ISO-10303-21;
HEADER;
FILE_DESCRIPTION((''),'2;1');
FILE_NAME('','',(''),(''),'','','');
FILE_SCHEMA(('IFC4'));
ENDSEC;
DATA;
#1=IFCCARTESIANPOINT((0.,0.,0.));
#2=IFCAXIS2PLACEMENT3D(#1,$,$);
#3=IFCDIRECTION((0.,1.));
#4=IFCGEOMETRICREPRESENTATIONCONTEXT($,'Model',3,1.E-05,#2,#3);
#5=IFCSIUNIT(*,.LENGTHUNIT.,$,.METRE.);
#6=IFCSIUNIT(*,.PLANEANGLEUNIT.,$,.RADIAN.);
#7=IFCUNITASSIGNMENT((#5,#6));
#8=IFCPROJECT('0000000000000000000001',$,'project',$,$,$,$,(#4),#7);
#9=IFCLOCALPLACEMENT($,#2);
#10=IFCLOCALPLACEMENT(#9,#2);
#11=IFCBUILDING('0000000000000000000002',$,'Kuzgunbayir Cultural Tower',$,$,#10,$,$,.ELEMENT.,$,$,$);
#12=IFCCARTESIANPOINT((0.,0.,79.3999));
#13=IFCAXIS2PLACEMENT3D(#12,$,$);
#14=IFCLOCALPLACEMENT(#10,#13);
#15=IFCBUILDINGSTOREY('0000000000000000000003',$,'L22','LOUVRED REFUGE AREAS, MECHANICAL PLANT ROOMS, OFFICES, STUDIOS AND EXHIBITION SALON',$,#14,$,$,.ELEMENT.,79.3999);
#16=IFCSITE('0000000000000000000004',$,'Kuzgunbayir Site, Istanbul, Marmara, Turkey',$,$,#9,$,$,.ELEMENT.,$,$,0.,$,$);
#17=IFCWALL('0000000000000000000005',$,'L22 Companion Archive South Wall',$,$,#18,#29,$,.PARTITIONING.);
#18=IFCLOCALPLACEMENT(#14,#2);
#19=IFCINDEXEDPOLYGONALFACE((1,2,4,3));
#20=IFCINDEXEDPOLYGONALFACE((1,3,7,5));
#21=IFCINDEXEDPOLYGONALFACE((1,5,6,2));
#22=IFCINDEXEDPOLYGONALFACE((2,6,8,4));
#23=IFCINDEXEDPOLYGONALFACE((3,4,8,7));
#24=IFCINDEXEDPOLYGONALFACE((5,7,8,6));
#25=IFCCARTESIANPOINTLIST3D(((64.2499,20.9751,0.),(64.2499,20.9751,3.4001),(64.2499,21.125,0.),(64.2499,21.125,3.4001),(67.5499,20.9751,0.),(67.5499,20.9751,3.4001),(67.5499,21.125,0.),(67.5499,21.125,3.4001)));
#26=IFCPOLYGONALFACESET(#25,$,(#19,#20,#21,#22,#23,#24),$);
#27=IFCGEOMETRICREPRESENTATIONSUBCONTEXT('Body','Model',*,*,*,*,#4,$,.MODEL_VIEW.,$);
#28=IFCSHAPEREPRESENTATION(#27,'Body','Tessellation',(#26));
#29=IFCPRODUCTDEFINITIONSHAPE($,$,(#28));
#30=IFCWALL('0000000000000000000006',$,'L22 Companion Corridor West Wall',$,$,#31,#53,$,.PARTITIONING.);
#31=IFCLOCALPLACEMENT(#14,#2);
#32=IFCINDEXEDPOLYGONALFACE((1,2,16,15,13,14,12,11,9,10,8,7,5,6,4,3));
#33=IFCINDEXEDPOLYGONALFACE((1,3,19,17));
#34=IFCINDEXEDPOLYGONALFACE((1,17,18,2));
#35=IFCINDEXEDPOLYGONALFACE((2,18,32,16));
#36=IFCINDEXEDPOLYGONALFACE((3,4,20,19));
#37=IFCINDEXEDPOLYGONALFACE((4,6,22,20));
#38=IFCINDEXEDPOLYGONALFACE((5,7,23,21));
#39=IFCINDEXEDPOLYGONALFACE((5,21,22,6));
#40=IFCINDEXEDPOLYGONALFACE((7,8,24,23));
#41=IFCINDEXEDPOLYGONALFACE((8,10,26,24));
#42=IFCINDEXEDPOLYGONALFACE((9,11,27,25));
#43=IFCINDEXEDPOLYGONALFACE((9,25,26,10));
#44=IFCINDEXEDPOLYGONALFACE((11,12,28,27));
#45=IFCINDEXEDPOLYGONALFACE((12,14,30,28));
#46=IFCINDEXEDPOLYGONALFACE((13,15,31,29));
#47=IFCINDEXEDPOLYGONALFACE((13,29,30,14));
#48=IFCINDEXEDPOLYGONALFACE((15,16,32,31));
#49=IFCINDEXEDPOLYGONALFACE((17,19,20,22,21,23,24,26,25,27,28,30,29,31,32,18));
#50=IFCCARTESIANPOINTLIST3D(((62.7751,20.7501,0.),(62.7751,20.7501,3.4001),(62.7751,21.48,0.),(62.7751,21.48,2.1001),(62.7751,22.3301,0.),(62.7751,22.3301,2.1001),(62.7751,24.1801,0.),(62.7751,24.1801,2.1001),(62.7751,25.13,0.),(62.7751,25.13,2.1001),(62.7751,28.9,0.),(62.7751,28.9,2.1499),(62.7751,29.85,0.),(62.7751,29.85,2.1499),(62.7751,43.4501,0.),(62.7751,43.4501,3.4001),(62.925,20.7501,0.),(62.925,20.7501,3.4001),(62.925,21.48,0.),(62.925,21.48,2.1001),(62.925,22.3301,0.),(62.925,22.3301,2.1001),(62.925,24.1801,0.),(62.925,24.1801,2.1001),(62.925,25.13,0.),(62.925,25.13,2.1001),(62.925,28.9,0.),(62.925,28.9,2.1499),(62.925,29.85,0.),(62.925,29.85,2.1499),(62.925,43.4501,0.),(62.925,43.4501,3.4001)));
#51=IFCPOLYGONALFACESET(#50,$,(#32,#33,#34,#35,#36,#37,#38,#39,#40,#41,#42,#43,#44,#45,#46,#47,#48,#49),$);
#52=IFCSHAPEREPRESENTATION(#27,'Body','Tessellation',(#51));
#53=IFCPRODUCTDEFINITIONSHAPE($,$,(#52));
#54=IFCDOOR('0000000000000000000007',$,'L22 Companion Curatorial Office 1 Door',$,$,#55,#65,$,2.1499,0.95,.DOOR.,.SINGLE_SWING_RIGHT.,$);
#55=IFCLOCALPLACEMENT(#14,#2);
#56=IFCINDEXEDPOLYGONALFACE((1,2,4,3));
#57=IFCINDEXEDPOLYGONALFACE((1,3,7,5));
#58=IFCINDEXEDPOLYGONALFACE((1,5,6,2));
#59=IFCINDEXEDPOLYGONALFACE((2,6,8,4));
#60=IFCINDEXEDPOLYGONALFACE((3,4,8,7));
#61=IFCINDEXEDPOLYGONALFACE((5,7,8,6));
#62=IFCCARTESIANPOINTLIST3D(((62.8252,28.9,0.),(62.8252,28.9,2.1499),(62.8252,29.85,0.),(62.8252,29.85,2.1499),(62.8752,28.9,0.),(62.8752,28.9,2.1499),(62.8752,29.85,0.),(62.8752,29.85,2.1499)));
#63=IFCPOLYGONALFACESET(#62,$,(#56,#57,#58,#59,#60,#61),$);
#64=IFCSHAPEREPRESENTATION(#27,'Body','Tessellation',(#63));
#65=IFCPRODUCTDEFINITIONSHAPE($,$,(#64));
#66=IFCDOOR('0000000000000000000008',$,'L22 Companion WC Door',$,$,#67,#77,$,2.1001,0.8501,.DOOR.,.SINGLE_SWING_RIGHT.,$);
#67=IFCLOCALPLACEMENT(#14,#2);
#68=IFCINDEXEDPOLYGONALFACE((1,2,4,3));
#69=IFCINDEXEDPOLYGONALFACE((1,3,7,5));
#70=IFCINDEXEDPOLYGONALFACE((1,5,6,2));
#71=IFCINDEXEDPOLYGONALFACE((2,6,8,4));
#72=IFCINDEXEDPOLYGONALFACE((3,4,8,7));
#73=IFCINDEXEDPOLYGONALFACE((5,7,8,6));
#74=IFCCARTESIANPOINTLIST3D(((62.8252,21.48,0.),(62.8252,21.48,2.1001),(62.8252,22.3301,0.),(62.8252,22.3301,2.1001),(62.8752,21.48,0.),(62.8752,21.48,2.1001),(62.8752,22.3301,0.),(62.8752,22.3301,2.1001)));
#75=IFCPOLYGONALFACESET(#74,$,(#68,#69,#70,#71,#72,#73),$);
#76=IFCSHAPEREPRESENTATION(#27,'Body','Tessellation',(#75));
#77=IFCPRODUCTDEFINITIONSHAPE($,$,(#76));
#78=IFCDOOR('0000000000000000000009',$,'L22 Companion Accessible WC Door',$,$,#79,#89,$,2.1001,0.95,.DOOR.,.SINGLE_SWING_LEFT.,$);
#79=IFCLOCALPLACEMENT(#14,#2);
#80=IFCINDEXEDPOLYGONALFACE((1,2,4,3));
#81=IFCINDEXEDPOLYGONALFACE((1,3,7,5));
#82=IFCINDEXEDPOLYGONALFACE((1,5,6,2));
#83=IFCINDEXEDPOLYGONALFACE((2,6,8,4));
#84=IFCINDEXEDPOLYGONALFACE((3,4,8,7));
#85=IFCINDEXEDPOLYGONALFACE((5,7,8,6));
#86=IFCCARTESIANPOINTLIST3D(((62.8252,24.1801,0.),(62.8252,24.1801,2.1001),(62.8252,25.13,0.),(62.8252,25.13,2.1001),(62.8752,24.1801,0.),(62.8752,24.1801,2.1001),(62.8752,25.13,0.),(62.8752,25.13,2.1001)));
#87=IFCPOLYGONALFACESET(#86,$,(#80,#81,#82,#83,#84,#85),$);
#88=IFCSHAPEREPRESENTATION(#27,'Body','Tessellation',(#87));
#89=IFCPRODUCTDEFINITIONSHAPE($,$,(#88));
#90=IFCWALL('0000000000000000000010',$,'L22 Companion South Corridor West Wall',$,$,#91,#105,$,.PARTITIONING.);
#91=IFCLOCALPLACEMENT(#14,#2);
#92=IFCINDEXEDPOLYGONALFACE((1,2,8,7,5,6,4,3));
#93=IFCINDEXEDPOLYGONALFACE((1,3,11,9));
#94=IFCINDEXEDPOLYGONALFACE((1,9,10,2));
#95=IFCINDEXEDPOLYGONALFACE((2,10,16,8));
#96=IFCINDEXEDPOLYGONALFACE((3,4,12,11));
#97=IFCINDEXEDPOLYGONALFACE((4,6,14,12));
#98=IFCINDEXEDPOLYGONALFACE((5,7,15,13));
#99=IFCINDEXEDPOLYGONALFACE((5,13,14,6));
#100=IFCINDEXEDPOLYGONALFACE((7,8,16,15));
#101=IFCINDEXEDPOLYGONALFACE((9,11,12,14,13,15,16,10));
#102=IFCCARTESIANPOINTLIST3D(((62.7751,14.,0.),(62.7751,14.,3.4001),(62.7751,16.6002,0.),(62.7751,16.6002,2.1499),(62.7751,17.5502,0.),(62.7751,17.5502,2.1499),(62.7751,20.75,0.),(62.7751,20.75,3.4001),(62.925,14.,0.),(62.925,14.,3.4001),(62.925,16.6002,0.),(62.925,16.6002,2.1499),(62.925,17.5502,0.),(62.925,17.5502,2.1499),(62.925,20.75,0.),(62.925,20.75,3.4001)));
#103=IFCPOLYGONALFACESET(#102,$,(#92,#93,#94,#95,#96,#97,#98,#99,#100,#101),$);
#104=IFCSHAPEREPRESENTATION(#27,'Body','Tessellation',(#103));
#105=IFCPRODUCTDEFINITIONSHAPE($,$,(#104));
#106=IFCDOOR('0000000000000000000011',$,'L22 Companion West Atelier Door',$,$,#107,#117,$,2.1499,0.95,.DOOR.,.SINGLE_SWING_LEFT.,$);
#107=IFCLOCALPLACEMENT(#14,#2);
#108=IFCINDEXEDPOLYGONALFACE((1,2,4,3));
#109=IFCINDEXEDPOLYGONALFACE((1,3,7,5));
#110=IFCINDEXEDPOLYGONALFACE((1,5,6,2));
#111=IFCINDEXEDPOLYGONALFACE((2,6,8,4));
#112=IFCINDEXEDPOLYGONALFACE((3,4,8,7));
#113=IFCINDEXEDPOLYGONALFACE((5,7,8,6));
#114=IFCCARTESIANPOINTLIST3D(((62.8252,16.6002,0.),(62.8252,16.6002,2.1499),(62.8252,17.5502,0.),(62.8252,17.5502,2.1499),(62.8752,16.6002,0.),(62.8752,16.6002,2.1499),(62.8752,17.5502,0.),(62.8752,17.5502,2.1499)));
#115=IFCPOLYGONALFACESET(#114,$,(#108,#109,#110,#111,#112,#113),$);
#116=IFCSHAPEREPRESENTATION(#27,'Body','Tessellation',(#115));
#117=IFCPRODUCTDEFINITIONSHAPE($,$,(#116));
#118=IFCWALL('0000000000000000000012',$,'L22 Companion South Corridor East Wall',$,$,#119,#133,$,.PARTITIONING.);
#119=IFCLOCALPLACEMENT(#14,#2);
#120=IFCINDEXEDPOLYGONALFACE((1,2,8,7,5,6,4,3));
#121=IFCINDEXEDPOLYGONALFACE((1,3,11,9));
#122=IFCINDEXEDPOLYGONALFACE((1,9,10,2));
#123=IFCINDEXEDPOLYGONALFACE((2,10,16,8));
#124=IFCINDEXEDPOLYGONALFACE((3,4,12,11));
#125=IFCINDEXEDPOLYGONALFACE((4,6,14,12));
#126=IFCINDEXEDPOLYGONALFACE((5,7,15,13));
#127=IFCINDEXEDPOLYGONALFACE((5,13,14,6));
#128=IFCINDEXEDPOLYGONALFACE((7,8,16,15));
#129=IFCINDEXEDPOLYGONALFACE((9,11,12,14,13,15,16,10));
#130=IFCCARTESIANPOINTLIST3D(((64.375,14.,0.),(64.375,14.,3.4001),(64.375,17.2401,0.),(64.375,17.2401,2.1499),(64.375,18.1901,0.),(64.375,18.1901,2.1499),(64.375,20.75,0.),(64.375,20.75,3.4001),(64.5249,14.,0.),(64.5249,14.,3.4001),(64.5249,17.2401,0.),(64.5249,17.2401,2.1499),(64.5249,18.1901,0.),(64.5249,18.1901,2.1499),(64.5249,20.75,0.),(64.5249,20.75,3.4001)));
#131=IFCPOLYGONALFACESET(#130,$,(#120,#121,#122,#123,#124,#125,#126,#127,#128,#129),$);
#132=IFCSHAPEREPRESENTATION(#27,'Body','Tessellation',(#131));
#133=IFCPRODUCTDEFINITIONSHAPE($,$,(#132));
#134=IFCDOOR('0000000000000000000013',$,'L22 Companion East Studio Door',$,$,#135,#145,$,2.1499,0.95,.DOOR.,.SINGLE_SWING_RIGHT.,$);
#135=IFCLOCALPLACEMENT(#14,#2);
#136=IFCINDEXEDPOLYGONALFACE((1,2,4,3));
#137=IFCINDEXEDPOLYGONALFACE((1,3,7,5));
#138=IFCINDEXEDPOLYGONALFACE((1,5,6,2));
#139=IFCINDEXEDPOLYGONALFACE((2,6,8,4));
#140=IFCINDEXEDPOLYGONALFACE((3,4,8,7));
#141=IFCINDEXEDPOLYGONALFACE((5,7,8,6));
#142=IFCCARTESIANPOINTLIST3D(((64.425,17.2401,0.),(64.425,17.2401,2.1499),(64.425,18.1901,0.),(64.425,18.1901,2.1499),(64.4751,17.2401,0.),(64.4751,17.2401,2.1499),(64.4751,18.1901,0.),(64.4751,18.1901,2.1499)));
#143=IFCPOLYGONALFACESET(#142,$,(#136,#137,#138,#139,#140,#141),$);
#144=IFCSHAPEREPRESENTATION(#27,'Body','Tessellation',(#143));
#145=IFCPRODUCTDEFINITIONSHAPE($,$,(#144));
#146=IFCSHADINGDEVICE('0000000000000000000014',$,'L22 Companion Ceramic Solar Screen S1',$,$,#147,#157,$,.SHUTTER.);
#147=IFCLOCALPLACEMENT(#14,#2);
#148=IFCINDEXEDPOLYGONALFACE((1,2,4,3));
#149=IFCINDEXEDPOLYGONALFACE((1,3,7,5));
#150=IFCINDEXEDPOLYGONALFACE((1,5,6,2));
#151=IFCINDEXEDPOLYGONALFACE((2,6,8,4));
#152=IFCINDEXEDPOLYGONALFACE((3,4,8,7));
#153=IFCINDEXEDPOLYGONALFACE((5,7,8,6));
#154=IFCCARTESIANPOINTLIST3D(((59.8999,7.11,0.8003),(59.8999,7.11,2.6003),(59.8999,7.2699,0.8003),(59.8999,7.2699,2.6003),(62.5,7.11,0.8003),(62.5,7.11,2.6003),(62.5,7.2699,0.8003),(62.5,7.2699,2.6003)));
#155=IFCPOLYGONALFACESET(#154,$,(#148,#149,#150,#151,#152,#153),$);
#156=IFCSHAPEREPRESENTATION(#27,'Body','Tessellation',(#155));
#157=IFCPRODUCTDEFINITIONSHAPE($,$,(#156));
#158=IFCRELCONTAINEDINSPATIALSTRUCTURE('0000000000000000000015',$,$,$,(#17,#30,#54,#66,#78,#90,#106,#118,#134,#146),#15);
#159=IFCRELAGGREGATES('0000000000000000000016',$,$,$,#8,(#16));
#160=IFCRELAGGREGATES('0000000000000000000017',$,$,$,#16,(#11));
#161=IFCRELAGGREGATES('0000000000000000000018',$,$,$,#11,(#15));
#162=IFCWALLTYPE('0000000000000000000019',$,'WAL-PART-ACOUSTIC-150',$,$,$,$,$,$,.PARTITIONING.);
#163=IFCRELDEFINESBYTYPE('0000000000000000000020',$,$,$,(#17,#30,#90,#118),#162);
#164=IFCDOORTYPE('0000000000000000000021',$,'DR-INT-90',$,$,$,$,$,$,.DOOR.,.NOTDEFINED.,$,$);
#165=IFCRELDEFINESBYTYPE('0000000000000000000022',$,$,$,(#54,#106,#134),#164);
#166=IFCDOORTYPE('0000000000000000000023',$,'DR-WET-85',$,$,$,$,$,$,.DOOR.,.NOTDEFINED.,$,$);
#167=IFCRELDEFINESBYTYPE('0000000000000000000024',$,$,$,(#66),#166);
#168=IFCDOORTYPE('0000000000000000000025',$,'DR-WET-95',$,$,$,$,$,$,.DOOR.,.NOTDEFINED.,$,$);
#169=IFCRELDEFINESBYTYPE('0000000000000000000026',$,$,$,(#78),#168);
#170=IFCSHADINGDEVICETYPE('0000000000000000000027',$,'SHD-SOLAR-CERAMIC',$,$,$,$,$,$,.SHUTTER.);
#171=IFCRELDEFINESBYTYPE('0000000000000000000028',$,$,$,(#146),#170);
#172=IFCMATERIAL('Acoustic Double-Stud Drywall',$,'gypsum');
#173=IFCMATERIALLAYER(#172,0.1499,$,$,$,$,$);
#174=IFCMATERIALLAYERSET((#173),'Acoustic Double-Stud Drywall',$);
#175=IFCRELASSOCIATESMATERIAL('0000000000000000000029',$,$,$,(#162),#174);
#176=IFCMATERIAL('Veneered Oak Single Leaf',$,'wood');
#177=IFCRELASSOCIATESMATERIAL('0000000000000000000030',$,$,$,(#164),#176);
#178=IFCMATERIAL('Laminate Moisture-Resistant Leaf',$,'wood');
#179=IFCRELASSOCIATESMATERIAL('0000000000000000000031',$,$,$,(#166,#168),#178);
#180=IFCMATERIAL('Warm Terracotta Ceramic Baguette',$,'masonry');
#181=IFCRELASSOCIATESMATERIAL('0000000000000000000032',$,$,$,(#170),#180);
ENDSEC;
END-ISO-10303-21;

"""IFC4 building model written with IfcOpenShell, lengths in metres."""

from ifc_helpers import new_model, si_unit, direction, frame, frame_2d, origin, origin_2d, place, context, subcontext, project, spatial, rectangle, extrude, material, layer, layer_set, type_object, element, fill, save


model = new_model("IFC4")

# Units and contexts
model_context = context("Model", 3, precision=1e-05, world=origin(), true_north=direction((0.0, 1.0)))
body_context = subcontext(model_context, "Body", "Model", "MODEL_VIEW")
ifc_project = project(units=[si_unit("LENGTHUNIT", "METRE"), si_unit("PLANEANGLEUNIT", "RADIAN")], contexts=[model_context])

# Site, building, storey
site_placement = place(None, origin())
site = spatial("IfcSite", under=ifc_project, at=site_placement, Name="Kuzgunbayir Site, Istanbul, Marmara, Turkey", CompositionType="ELEMENT", RefElevation=0.0)
building_placement = place(site_placement, origin())
building = spatial("IfcBuilding", under=site, at=building_placement, Name="Kuzgunbayir Cultural Tower", CompositionType="ELEMENT")
storey_placement = place(building_placement, frame((0.0, 0.0, 79.3999)))
storey = spatial("IfcBuildingStorey", under=building, at=storey_placement, Name="L22", Description="LOUVRED REFUGE AREAS, MECHANICAL PLANT ROOMS, OFFICES, STUDIOS AND EXHIBITION SALON", CompositionType="ELEMENT", Elevation=79.3999)

# Shared definitions
ifc_material_1 = material(Name="Acoustic Double-Stud Drywall", Category="gypsum")
ifc_layer_1 = layer(ifc_material_1, 0.1499)
ifc_layer_set_1 = layer_set([ifc_layer_1], Name="Acoustic Double-Stud Drywall")
wall_type_1 = type_object("IfcWallType", Name="WAL-PART-ACOUSTIC-150", PredefinedType="PARTITIONING", material=ifc_layer_set_1)
ifc_material_2 = material(Name="Veneered Oak Single Leaf", Category="wood")
door_type_1 = type_object("IfcDoorType", Name="DR-INT-90", OperationType="NOTDEFINED", PredefinedType="DOOR", material=ifc_material_2)

# Wall
wall_1_placement = place(storey_placement, frame((64.25, 21.05, 0.0), z_axis=(0.0, 0.0, 1.0), x_axis=(1.0, 0.0, 0.0)))
element("IfcWall", 1, at=wall_1_placement, inside=storey, type_object=wall_type_1, Name="L22 Companion Archive South Wall", PredefinedType="PARTITIONING", context=body_context, shape_type="SweptSolid", body=[
    extrude(rectangle(XDim=3.3, YDim=0.1499, at=frame_2d((1.6499, 0.0))), origin(), (0.0, 0.0, 1.0), 3.4001),
])

# Wall, openings, doors
wall_2_placement = place(storey_placement, frame((62.8501, 20.75, 0.0), z_axis=(0.0, 0.0, 1.0), x_axis=(0.0, 1.0, 0.0)))
wall_2 = element("IfcWall", 2, at=wall_2_placement, inside=storey, type_object=wall_type_1, Name="L22 Companion Corridor West Wall", PredefinedType="PARTITIONING", context=body_context, shape_type="SweptSolid", body=[
    extrude(rectangle(XDim=22.7, YDim=0.1499, at=frame_2d((11.3501, 0.0))), origin(), (0.0, 0.0, 1.0), 3.4001),
])
opening_1_placement = place(wall_2_placement, frame((0.73, 0.0, 0.0)))
opening_1 = element("IfcOpeningElement", 3, at=opening_1_placement, cuts=wall_2, PredefinedType="OPENING", context=body_context, shape_type="SweptSolid", body=[
    extrude(rectangle(XDim=0.8501, YDim=2.1001, at=frame_2d((0.425, 1.05))), frame((0.0, 0.085, 0.0), z_axis=(0.0, -1.0, 0.0), x_axis=(1.0, 0.0, 0.0)), (0.0, 0.0, 1.0), 0.1699),
])
opening_2_placement = place(wall_2_placement, frame((3.4299, 0.0, 0.0)))
opening_2 = element("IfcOpeningElement", 4, at=opening_2_placement, cuts=wall_2, PredefinedType="OPENING", context=body_context, shape_type="SweptSolid", body=[
    extrude(rectangle(XDim=0.95, YDim=2.1001, at=frame_2d((0.4751, 1.05))), frame((0.0, 0.085, 0.0), z_axis=(0.0, -1.0, 0.0), x_axis=(1.0, 0.0, 0.0)), (0.0, 0.0, 1.0), 0.1699),
])
opening_3_placement = place(wall_2_placement, frame((8.1499, 0.0, 0.0)))
opening_3 = element("IfcOpeningElement", 5, at=opening_3_placement, cuts=wall_2, PredefinedType="OPENING", context=body_context, shape_type="SweptSolid", body=[
    extrude(rectangle(XDim=0.95, YDim=2.1499, at=frame_2d((0.4751, 1.075))), frame((0.0, 0.085, 0.0), z_axis=(0.0, -1.0, 0.0), x_axis=(1.0, 0.0, 0.0)), (0.0, 0.0, 1.0), 0.1699),
])
door_1_placement = place(opening_3_placement, origin())
door_1 = element("IfcDoor", 6, at=door_1_placement, inside=storey, type_object=door_type_1, Name="L22 Companion Curatorial Office 1 Door", OperationType="SINGLE_SWING_RIGHT", OverallHeight=2.1499, OverallWidth=0.95, PredefinedType="DOOR", context=body_context, shape_type="SweptSolid", body=[
    extrude(rectangle(XDim=0.95, YDim=2.1499, at=frame_2d((0.4751, 1.075))), frame((0.0, 0.0249, 0.0), z_axis=(0.0, -1.0, 0.0), x_axis=(1.0, 0.0, 0.0)), (0.0, 0.0, 1.0), 0.05),
])
fill(opening_3, door_1)
ifc_material_3 = material(Name="Laminate Moisture-Resistant Leaf", Category="wood")
door_type_2 = type_object("IfcDoorType", Name="DR-WET-85", OperationType="NOTDEFINED", PredefinedType="DOOR", material=ifc_material_3)
door_2_placement = place(opening_1_placement, origin())
door_2 = element("IfcDoor", 7, at=door_2_placement, inside=storey, type_object=door_type_2, Name="L22 Companion WC Door", OperationType="SINGLE_SWING_RIGHT", OverallHeight=2.1001, OverallWidth=0.8501, PredefinedType="DOOR", context=body_context, shape_type="SweptSolid", body=[
    extrude(rectangle(XDim=0.8501, YDim=2.1001, at=frame_2d((0.425, 1.05))), frame((0.0, 0.0249, 0.0), z_axis=(0.0, -1.0, 0.0), x_axis=(1.0, 0.0, 0.0)), (0.0, 0.0, 1.0), 0.05),
])
fill(opening_1, door_2)
door_type_3 = type_object("IfcDoorType", Name="DR-WET-95", OperationType="NOTDEFINED", PredefinedType="DOOR", material=ifc_material_3)
door_3_placement = place(opening_2_placement, origin())
door_3 = element("IfcDoor", 8, at=door_3_placement, inside=storey, type_object=door_type_3, Name="L22 Companion Accessible WC Door", OperationType="SINGLE_SWING_LEFT", OverallHeight=2.1001, OverallWidth=0.95, PredefinedType="DOOR", context=body_context, shape_type="SweptSolid", body=[
    extrude(rectangle(XDim=0.95, YDim=2.1001, at=frame_2d((0.4751, 1.05))), frame((0.0, 0.0249, 0.0), z_axis=(0.0, -1.0, 0.0), x_axis=(1.0, 0.0, 0.0)), (0.0, 0.0, 1.0), 0.05),
])
fill(opening_2, door_3)

# Walls, openings, doors
wall_3_placement = place(storey_placement, frame((62.8501, 14.0, 0.0), z_axis=(0.0, 0.0, 1.0), x_axis=(0.0, 1.0, 0.0)))
wall_3 = element("IfcWall", 9, at=wall_3_placement, inside=storey, type_object=wall_type_1, Name="L22 Companion South Corridor West Wall", PredefinedType="PARTITIONING", context=body_context, shape_type="SweptSolid", body=[
    extrude(rectangle(XDim=6.75, YDim=0.1499, at=frame_2d((3.375, 0.0))), origin(), (0.0, 0.0, 1.0), 3.4001),
])
opening_4_placement = place(wall_3_placement, frame((2.6001, 0.0, 0.0)))
opening_4 = element("IfcOpeningElement", 10, at=opening_4_placement, cuts=wall_3, PredefinedType="OPENING", context=body_context, shape_type="SweptSolid", body=[
    extrude(rectangle(XDim=0.95, YDim=2.1499, at=frame_2d((0.4751, 1.075))), frame((0.0, 0.085, 0.0), z_axis=(0.0, -1.0, 0.0), x_axis=(1.0, 0.0, 0.0)), (0.0, 0.0, 1.0), 0.1699),
])
door_4_placement = place(opening_4_placement, origin())
door_4 = element("IfcDoor", 11, at=door_4_placement, inside=storey, type_object=door_type_1, Name="L22 Companion West Atelier Door", OperationType="SINGLE_SWING_LEFT", OverallHeight=2.1499, OverallWidth=0.95, PredefinedType="DOOR", context=body_context, shape_type="SweptSolid", body=[
    extrude(rectangle(XDim=0.95, YDim=2.1499, at=frame_2d((0.4751, 1.075))), frame((0.0, 0.0249, 0.0), z_axis=(0.0, -1.0, 0.0), x_axis=(1.0, 0.0, 0.0)), (0.0, 0.0, 1.0), 0.05),
])
fill(opening_4, door_4)
wall_4_placement = place(storey_placement, frame((64.45, 14.0, 0.0), z_axis=(0.0, 0.0, 1.0), x_axis=(0.0, 1.0, 0.0)))
wall_4 = element("IfcWall", 12, at=wall_4_placement, inside=storey, type_object=wall_type_1, Name="L22 Companion South Corridor East Wall", PredefinedType="PARTITIONING", context=body_context, shape_type="SweptSolid", body=[
    extrude(rectangle(XDim=6.75, YDim=0.1499, at=frame_2d((3.375, 0.0))), origin(), (0.0, 0.0, 1.0), 3.4001),
])
opening_5_placement = place(wall_4_placement, frame((3.24, 0.0, 0.0)))
opening_5 = element("IfcOpeningElement", 13, at=opening_5_placement, cuts=wall_4, PredefinedType="OPENING", context=body_context, shape_type="SweptSolid", body=[
    extrude(rectangle(XDim=0.95, YDim=2.1499, at=frame_2d((0.4751, 1.075))), frame((0.0, 0.085, 0.0), z_axis=(0.0, -1.0, 0.0), x_axis=(1.0, 0.0, 0.0)), (0.0, 0.0, 1.0), 0.1699),
])
door_5_placement = place(opening_5_placement, origin())
door_5 = element("IfcDoor", 14, at=door_5_placement, inside=storey, type_object=door_type_1, Name="L22 Companion East Studio Door", OperationType="SINGLE_SWING_RIGHT", OverallHeight=2.1499, OverallWidth=0.95, PredefinedType="DOOR", context=body_context, shape_type="SweptSolid", body=[
    extrude(rectangle(XDim=0.95, YDim=2.1499, at=frame_2d((0.4751, 1.075))), frame((0.0, 0.0249, 0.0), z_axis=(0.0, -1.0, 0.0), x_axis=(1.0, 0.0, 0.0)), (0.0, 0.0, 1.0), 0.05),
])
fill(opening_5, door_5)

# Shading device
ifc_material_4 = material(Name="Warm Terracotta Ceramic Baguette", Category="masonry")
shading_device_type = type_object("IfcShadingDeviceType", Name="SHD-SOLAR-CERAMIC", PredefinedType="SHUTTER", material=ifc_material_4)
shading_device_placement = place(storey_placement, frame((61.2, 7.1899, 0.8003), z_axis=(0.0, 0.0, 1.0), x_axis=(1.0, 0.0, 0.0)))
element("IfcShadingDevice", 15, at=shading_device_placement, inside=storey, type_object=shading_device_type, Name="L22 Companion Ceramic Solar Screen S1", PredefinedType="SHUTTER", context=body_context, shape_type="SweptSolid", body=[
    extrude(rectangle(XDim=2.6001, YDim=0.1599, at=origin_2d()), origin(), (0.0, 0.0, 1.0), 1.8),
])

save(model, "model.ifc")
